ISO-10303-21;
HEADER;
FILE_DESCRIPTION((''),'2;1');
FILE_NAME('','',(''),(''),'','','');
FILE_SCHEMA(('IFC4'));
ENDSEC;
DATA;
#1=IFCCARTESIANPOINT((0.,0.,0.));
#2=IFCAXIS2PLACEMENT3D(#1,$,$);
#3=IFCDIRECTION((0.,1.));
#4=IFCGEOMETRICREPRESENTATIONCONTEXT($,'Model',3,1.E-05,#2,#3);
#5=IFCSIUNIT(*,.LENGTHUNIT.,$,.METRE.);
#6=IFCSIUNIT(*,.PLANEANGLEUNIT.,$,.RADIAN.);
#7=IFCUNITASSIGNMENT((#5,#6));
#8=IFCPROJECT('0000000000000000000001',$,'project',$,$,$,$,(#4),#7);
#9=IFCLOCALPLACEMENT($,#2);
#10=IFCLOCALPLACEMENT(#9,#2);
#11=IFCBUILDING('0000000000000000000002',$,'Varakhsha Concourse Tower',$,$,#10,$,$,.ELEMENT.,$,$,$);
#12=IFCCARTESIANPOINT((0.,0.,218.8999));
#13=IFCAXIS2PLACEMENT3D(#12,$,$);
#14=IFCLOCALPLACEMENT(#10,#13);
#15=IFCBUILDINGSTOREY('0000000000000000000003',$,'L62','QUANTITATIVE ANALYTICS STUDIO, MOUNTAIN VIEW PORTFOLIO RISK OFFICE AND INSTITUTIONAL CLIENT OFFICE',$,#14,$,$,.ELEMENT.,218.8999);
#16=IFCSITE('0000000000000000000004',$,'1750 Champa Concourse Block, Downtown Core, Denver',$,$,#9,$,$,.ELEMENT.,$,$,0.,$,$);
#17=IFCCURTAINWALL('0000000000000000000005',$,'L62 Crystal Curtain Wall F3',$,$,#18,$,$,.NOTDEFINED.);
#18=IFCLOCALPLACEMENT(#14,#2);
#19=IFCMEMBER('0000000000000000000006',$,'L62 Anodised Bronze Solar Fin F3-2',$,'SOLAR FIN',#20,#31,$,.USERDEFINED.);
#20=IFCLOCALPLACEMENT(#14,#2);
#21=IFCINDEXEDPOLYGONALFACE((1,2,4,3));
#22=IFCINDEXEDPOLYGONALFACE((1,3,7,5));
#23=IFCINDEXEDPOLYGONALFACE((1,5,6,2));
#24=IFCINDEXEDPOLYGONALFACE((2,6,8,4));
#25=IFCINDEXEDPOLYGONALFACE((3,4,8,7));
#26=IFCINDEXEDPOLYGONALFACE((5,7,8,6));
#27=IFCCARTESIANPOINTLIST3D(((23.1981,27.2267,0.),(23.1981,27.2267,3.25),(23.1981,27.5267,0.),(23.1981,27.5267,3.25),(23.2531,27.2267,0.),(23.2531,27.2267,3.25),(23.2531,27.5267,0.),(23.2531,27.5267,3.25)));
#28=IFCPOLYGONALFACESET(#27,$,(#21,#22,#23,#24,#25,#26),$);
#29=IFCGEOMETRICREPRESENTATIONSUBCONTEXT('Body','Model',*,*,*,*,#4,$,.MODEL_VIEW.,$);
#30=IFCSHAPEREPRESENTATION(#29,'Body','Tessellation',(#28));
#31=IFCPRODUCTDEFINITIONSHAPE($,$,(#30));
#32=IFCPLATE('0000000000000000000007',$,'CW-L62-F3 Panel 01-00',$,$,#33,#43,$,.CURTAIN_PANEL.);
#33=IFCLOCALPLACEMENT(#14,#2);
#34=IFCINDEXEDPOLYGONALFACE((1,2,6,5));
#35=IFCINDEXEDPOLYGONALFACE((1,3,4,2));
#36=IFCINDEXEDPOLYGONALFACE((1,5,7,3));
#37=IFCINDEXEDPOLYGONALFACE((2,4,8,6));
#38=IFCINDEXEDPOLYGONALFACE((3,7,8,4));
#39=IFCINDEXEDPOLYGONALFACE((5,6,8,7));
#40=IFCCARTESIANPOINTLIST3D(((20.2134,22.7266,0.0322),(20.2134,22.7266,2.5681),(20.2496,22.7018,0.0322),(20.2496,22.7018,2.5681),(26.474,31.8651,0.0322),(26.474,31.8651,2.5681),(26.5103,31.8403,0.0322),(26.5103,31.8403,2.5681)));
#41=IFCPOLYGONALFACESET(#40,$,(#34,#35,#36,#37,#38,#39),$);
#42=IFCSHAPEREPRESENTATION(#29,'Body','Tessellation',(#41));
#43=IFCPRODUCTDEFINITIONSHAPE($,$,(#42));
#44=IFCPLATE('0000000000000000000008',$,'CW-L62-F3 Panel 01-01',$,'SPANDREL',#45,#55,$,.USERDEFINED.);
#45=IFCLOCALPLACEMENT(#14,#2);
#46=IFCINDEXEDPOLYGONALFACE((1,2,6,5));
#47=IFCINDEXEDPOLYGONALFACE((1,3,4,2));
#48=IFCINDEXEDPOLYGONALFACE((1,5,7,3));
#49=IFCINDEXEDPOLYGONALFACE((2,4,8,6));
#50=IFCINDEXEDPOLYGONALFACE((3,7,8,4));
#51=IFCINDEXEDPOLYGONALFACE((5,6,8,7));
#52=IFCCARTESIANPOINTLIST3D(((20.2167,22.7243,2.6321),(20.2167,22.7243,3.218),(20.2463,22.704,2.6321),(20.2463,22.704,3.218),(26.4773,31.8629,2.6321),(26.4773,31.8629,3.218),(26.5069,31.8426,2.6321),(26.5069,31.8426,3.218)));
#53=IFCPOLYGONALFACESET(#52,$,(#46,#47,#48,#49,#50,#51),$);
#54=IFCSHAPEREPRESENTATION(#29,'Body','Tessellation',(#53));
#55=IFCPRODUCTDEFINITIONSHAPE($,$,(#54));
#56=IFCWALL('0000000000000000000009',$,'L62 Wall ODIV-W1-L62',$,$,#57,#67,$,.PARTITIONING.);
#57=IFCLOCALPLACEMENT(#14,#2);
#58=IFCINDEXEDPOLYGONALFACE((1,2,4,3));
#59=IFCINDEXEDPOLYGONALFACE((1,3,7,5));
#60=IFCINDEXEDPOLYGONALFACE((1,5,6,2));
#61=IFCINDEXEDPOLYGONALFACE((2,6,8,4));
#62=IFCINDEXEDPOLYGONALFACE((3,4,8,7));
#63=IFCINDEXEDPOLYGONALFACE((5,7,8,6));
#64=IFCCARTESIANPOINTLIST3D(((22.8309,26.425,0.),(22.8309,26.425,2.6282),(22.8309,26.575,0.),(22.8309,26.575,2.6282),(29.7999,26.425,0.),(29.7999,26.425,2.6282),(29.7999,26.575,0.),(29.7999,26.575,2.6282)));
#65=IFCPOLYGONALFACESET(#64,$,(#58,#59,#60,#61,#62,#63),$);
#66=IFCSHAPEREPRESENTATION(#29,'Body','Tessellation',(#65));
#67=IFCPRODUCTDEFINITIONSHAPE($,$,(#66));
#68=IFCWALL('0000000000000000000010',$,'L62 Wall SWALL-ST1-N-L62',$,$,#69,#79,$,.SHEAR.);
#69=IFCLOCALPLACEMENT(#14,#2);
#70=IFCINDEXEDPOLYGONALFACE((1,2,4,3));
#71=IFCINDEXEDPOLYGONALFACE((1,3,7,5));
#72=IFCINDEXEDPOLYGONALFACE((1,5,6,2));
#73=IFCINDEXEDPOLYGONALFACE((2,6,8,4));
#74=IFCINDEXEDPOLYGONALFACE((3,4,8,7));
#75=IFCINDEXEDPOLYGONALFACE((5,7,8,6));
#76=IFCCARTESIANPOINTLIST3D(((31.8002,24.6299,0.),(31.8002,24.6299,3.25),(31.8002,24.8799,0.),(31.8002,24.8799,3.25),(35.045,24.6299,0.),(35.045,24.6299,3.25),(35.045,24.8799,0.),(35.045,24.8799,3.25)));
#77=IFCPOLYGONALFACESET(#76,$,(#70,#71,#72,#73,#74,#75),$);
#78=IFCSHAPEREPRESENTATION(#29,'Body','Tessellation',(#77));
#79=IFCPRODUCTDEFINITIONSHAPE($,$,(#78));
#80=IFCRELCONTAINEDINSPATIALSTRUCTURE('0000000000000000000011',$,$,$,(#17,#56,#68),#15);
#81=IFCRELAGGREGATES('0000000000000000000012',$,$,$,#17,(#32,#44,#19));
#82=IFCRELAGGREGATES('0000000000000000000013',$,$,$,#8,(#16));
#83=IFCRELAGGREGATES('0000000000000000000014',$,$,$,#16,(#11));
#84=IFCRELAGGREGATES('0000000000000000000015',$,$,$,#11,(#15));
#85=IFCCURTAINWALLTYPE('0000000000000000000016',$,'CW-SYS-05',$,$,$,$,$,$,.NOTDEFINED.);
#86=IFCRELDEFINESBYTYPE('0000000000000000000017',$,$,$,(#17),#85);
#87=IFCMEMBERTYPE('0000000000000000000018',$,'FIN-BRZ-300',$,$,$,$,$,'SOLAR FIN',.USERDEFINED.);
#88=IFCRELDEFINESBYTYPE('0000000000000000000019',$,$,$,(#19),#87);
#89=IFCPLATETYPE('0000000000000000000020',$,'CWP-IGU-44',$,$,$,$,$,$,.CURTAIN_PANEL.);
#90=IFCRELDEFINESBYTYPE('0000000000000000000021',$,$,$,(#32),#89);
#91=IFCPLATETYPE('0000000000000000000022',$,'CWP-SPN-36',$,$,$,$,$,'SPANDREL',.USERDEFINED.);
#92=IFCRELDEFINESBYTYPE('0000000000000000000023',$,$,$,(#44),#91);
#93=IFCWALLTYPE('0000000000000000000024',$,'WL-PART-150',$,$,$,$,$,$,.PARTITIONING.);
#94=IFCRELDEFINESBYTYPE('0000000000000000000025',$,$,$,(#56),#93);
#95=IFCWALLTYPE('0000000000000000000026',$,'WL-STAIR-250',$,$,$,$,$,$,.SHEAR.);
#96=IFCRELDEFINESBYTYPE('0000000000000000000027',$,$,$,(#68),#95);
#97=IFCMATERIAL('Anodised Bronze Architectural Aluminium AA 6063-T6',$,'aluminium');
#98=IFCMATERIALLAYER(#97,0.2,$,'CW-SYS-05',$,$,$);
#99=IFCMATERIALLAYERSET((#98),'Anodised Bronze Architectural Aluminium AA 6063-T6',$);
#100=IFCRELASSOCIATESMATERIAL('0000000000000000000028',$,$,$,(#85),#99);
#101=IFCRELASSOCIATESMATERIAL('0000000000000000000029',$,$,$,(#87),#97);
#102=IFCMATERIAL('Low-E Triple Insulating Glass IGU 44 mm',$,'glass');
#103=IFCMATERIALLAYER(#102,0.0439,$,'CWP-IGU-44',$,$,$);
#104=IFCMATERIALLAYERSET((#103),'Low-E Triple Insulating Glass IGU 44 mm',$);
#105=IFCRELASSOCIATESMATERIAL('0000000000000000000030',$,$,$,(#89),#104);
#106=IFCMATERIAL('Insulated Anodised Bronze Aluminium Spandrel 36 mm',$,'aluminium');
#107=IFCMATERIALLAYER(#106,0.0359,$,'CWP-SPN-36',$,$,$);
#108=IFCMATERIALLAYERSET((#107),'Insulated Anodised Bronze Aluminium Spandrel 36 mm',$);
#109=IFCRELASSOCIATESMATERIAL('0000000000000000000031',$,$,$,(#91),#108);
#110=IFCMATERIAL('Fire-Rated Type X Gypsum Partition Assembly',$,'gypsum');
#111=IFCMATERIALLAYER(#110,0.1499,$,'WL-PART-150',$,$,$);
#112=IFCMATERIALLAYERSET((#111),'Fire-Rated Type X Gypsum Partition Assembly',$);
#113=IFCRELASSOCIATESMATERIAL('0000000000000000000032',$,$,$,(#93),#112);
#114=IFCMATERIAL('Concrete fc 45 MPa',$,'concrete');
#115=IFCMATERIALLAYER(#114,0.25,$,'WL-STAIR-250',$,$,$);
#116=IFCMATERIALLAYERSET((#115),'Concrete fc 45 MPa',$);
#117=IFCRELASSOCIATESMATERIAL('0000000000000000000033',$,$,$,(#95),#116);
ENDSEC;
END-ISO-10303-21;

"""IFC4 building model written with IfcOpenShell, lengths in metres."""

from ifc_helpers import new_model, si_unit, direction, frame, frame_2d, origin, origin_2d, place, context, subcontext, project, spatial, rectangle, extrude, source, transform, mapped, material, layer, layer_set, material_profile, profile_set, type_object, type_shapes, element, aggregate, save


model = new_model("IFC4")

# Units and contexts
model_context = context("Model", 3, precision=1e-05, world=origin(), true_north=direction((0.0, 1.0)))
body_context = subcontext(model_context, "Body", "Model", "MODEL_VIEW")
ifc_project = project(units=[si_unit("LENGTHUNIT", "METRE"), si_unit("PLANEANGLEUNIT", "RADIAN")], contexts=[model_context])

# Site, building, storey
site_placement = place(None, origin())
site = spatial("IfcSite", under=ifc_project, at=site_placement, Name="1750 Champa Concourse Block, Downtown Core, Denver", CompositionType="ELEMENT", RefElevation=0.0)
building_placement = place(site_placement, origin())
building = spatial("IfcBuilding", under=site, at=building_placement, Name="Varakhsha Concourse Tower", CompositionType="ELEMENT")
storey_placement = place(building_placement, frame((0.0, 0.0, 218.8999)))
storey = spatial("IfcBuildingStorey", under=building, at=storey_placement, Name="L62", Description="QUANTITATIVE ANALYTICS STUDIO, MOUNTAIN VIEW PORTFOLIO RISK OFFICE AND INSTITUTIONAL CLIENT OFFICE", CompositionType="ELEMENT", Elevation=218.8999)

# Curtain wall, member, plates
ifc_material_1 = material(Name="Anodised Bronze Architectural Aluminium AA 6063-T6", Category="aluminium")
ifc_layer_1 = layer(ifc_material_1, 0.2, Name="CW-SYS-05")
ifc_layer_set_1 = layer_set([ifc_layer_1], Name="Anodised Bronze Architectural Aluminium AA 6063-T6")
curtain_wall_type = type_object("IfcCurtainWallType", Name="CW-SYS-05", PredefinedType="NOTDEFINED", material=ifc_layer_set_1)
curtain_wall_placement = place(storey_placement, origin())
curtain_wall = element("IfcCurtainWall", 1, at=curtain_wall_placement, inside=storey, type_object=curtain_wall_type, Name="L62 Crystal Curtain Wall F3", PredefinedType="NOTDEFINED")
ifc_material_profile_1 = material_profile(ifc_material_1, rectangle(XDim=0.0549, YDim=0.3, at=origin_2d()), Name="FIN-BRZ-300")
ifc_profile_set_1 = profile_set([ifc_material_profile_1], Name="Anodised Bronze Architectural Aluminium AA 6063-T6")
member_type_1 = type_object("IfcMemberType", Name="FIN-BRZ-300", ElementType="SOLAR FIN", PredefinedType="USERDEFINED", material=ifc_profile_set_1)
shared_shape_1 = source(origin(), body_context, "Body", "SweptSolid", [
    extrude(rectangle(XDim=0.0549, YDim=0.3, at=origin_2d()), origin(), (0.0, 0.0, 1.0), 3.25),
])
type_shapes(member_type_1, [shared_shape_1])
member_1_placement = place(storey_placement, frame((23.2256, 27.3767, 0.0), z_axis=(0.0, 0.0, 1.0), x_axis=(1.0, 0.0, 0.0)))
member_1 = element("IfcMember", 2, at=member_1_placement, type_object=member_type_1, Name="L62 Anodised Bronze Solar Fin F3-2", ObjectType="SOLAR FIN", PredefinedType="USERDEFINED", context=body_context, shape_type="MappedRepresentation", body=[
    mapped(shared_shape_1, transform((0.0, 0.0, 0.0), scale=1.0)),
])
ifc_material_2 = material(Name="Low-E Triple Insulating Glass IGU 44 mm", Category="glass")
ifc_layer_2 = layer(ifc_material_2, 0.0439, Name="CWP-IGU-44")
ifc_layer_set_2 = layer_set([ifc_layer_2], Name="Low-E Triple Insulating Glass IGU 44 mm")
plate_type_1 = type_object("IfcPlateType", Name="CWP-IGU-44", PredefinedType="CURTAIN_PANEL", material=ifc_layer_set_2)
shared_shape_2 = source(origin(), body_context, "Body", "SweptSolid", [
    extrude(rectangle(XDim=11.0774, YDim=0.0439, at=origin_2d()), origin(), (0.0, 0.0, 1.0), 2.5359),
])
type_shapes(plate_type_1, [shared_shape_2])
plate_1_placement = place(storey_placement, frame((23.3618, 27.2834, 0.0322), z_axis=(0.0, 0.0, 1.0), x_axis=(0.565173, 0.824972, 0.0)))
plate_1 = element("IfcPlate", 3, at=plate_1_placement, type_object=plate_type_1, Name="CW-L62-F3 Panel 01-00", PredefinedType="CURTAIN_PANEL", context=body_context, shape_type="MappedRepresentation", body=[
    mapped(shared_shape_2, transform((0.0, 0.0, 0.0), scale=1.0)),
])
ifc_material_3 = material(Name="Insulated Anodised Bronze Aluminium Spandrel 36 mm", Category="aluminium")
ifc_layer_3 = layer(ifc_material_3, 0.0359, Name="CWP-SPN-36")
ifc_layer_set_3 = layer_set([ifc_layer_3], Name="Insulated Anodised Bronze Aluminium Spandrel 36 mm")
plate_type_2 = type_object("IfcPlateType", Name="CWP-SPN-36", ElementType="SPANDREL", PredefinedType="USERDEFINED", material=ifc_layer_set_3)
shared_shape_3 = source(origin(), body_context, "Body", "SweptSolid", [
    extrude(rectangle(XDim=11.0774, YDim=0.0359, at=origin_2d()), origin(), (0.0, 0.0, 1.0), 0.5859),
])
type_shapes(plate_type_2, [shared_shape_3])
plate_2_placement = place(storey_placement, frame((23.3618, 27.2834, 2.6321), z_axis=(0.0, 0.0, 1.0), x_axis=(0.565173, 0.824972, 0.0)))
plate_2 = element("IfcPlate", 4, at=plate_2_placement, type_object=plate_type_2, Name="CW-L62-F3 Panel 01-01", ObjectType="SPANDREL", PredefinedType="USERDEFINED", context=body_context, shape_type="MappedRepresentation", body=[
    mapped(shared_shape_3, transform((0.0, 0.0, 0.0), scale=1.0)),
])
aggregate(curtain_wall, [plate_1, plate_2, member_1])

# Wall
ifc_material_4 = material(Name="Fire-Rated Type X Gypsum Partition Assembly", Category="gypsum")
ifc_layer_4 = layer(ifc_material_4, 0.1499, Name="WL-PART-150")
ifc_layer_set_4 = layer_set([ifc_layer_4], Name="Fire-Rated Type X Gypsum Partition Assembly")
wall_type_1 = type_object("IfcWallType", Name="WL-PART-150", PredefinedType="PARTITIONING", material=ifc_layer_set_4)
wall_1_placement = place(storey_placement, frame((22.8311, 26.5, 0.0), z_axis=(0.0, 0.0, 1.0), x_axis=(1.0, 0.0, 0.0)))
element("IfcWall", 5, at=wall_1_placement, inside=storey, type_object=wall_type_1, Name="L62 Wall ODIV-W1-L62", PredefinedType="PARTITIONING", context=body_context, shape_type="SweptSolid", body=[
    extrude(rectangle(XDim=6.969, YDim=0.1499, at=frame_2d((3.4844, 0.0))), origin(), (0.0, 0.0, 1.0), 2.6282),
])

# Wall
ifc_material_5 = material(Name="Concrete fc 45 MPa", Category="concrete")
ifc_layer_5 = layer(ifc_material_5, 0.25, Name="WL-STAIR-250")
ifc_layer_set_5 = layer_set([ifc_layer_5], Name="Concrete fc 45 MPa")
wall_type_2 = type_object("IfcWallType", Name="WL-STAIR-250", PredefinedType="SHEAR", material=ifc_layer_set_5)
wall_2_placement = place(storey_placement, frame((31.8, 24.7549, 0.0), z_axis=(0.0, 0.0, 1.0), x_axis=(1.0, 0.0, 0.0)))
element("IfcWall", 6, at=wall_2_placement, inside=storey, type_object=wall_type_2, Name="L62 Wall SWALL-ST1-N-L62", PredefinedType="SHEAR", context=body_context, shape_type="SweptSolid", body=[
    extrude(rectangle(XDim=3.2449, YDim=0.25, at=frame_2d((1.6226, 0.0))), origin(), (0.0, 0.0, 1.0), 3.25),
])

save(model, "model.ifc")
